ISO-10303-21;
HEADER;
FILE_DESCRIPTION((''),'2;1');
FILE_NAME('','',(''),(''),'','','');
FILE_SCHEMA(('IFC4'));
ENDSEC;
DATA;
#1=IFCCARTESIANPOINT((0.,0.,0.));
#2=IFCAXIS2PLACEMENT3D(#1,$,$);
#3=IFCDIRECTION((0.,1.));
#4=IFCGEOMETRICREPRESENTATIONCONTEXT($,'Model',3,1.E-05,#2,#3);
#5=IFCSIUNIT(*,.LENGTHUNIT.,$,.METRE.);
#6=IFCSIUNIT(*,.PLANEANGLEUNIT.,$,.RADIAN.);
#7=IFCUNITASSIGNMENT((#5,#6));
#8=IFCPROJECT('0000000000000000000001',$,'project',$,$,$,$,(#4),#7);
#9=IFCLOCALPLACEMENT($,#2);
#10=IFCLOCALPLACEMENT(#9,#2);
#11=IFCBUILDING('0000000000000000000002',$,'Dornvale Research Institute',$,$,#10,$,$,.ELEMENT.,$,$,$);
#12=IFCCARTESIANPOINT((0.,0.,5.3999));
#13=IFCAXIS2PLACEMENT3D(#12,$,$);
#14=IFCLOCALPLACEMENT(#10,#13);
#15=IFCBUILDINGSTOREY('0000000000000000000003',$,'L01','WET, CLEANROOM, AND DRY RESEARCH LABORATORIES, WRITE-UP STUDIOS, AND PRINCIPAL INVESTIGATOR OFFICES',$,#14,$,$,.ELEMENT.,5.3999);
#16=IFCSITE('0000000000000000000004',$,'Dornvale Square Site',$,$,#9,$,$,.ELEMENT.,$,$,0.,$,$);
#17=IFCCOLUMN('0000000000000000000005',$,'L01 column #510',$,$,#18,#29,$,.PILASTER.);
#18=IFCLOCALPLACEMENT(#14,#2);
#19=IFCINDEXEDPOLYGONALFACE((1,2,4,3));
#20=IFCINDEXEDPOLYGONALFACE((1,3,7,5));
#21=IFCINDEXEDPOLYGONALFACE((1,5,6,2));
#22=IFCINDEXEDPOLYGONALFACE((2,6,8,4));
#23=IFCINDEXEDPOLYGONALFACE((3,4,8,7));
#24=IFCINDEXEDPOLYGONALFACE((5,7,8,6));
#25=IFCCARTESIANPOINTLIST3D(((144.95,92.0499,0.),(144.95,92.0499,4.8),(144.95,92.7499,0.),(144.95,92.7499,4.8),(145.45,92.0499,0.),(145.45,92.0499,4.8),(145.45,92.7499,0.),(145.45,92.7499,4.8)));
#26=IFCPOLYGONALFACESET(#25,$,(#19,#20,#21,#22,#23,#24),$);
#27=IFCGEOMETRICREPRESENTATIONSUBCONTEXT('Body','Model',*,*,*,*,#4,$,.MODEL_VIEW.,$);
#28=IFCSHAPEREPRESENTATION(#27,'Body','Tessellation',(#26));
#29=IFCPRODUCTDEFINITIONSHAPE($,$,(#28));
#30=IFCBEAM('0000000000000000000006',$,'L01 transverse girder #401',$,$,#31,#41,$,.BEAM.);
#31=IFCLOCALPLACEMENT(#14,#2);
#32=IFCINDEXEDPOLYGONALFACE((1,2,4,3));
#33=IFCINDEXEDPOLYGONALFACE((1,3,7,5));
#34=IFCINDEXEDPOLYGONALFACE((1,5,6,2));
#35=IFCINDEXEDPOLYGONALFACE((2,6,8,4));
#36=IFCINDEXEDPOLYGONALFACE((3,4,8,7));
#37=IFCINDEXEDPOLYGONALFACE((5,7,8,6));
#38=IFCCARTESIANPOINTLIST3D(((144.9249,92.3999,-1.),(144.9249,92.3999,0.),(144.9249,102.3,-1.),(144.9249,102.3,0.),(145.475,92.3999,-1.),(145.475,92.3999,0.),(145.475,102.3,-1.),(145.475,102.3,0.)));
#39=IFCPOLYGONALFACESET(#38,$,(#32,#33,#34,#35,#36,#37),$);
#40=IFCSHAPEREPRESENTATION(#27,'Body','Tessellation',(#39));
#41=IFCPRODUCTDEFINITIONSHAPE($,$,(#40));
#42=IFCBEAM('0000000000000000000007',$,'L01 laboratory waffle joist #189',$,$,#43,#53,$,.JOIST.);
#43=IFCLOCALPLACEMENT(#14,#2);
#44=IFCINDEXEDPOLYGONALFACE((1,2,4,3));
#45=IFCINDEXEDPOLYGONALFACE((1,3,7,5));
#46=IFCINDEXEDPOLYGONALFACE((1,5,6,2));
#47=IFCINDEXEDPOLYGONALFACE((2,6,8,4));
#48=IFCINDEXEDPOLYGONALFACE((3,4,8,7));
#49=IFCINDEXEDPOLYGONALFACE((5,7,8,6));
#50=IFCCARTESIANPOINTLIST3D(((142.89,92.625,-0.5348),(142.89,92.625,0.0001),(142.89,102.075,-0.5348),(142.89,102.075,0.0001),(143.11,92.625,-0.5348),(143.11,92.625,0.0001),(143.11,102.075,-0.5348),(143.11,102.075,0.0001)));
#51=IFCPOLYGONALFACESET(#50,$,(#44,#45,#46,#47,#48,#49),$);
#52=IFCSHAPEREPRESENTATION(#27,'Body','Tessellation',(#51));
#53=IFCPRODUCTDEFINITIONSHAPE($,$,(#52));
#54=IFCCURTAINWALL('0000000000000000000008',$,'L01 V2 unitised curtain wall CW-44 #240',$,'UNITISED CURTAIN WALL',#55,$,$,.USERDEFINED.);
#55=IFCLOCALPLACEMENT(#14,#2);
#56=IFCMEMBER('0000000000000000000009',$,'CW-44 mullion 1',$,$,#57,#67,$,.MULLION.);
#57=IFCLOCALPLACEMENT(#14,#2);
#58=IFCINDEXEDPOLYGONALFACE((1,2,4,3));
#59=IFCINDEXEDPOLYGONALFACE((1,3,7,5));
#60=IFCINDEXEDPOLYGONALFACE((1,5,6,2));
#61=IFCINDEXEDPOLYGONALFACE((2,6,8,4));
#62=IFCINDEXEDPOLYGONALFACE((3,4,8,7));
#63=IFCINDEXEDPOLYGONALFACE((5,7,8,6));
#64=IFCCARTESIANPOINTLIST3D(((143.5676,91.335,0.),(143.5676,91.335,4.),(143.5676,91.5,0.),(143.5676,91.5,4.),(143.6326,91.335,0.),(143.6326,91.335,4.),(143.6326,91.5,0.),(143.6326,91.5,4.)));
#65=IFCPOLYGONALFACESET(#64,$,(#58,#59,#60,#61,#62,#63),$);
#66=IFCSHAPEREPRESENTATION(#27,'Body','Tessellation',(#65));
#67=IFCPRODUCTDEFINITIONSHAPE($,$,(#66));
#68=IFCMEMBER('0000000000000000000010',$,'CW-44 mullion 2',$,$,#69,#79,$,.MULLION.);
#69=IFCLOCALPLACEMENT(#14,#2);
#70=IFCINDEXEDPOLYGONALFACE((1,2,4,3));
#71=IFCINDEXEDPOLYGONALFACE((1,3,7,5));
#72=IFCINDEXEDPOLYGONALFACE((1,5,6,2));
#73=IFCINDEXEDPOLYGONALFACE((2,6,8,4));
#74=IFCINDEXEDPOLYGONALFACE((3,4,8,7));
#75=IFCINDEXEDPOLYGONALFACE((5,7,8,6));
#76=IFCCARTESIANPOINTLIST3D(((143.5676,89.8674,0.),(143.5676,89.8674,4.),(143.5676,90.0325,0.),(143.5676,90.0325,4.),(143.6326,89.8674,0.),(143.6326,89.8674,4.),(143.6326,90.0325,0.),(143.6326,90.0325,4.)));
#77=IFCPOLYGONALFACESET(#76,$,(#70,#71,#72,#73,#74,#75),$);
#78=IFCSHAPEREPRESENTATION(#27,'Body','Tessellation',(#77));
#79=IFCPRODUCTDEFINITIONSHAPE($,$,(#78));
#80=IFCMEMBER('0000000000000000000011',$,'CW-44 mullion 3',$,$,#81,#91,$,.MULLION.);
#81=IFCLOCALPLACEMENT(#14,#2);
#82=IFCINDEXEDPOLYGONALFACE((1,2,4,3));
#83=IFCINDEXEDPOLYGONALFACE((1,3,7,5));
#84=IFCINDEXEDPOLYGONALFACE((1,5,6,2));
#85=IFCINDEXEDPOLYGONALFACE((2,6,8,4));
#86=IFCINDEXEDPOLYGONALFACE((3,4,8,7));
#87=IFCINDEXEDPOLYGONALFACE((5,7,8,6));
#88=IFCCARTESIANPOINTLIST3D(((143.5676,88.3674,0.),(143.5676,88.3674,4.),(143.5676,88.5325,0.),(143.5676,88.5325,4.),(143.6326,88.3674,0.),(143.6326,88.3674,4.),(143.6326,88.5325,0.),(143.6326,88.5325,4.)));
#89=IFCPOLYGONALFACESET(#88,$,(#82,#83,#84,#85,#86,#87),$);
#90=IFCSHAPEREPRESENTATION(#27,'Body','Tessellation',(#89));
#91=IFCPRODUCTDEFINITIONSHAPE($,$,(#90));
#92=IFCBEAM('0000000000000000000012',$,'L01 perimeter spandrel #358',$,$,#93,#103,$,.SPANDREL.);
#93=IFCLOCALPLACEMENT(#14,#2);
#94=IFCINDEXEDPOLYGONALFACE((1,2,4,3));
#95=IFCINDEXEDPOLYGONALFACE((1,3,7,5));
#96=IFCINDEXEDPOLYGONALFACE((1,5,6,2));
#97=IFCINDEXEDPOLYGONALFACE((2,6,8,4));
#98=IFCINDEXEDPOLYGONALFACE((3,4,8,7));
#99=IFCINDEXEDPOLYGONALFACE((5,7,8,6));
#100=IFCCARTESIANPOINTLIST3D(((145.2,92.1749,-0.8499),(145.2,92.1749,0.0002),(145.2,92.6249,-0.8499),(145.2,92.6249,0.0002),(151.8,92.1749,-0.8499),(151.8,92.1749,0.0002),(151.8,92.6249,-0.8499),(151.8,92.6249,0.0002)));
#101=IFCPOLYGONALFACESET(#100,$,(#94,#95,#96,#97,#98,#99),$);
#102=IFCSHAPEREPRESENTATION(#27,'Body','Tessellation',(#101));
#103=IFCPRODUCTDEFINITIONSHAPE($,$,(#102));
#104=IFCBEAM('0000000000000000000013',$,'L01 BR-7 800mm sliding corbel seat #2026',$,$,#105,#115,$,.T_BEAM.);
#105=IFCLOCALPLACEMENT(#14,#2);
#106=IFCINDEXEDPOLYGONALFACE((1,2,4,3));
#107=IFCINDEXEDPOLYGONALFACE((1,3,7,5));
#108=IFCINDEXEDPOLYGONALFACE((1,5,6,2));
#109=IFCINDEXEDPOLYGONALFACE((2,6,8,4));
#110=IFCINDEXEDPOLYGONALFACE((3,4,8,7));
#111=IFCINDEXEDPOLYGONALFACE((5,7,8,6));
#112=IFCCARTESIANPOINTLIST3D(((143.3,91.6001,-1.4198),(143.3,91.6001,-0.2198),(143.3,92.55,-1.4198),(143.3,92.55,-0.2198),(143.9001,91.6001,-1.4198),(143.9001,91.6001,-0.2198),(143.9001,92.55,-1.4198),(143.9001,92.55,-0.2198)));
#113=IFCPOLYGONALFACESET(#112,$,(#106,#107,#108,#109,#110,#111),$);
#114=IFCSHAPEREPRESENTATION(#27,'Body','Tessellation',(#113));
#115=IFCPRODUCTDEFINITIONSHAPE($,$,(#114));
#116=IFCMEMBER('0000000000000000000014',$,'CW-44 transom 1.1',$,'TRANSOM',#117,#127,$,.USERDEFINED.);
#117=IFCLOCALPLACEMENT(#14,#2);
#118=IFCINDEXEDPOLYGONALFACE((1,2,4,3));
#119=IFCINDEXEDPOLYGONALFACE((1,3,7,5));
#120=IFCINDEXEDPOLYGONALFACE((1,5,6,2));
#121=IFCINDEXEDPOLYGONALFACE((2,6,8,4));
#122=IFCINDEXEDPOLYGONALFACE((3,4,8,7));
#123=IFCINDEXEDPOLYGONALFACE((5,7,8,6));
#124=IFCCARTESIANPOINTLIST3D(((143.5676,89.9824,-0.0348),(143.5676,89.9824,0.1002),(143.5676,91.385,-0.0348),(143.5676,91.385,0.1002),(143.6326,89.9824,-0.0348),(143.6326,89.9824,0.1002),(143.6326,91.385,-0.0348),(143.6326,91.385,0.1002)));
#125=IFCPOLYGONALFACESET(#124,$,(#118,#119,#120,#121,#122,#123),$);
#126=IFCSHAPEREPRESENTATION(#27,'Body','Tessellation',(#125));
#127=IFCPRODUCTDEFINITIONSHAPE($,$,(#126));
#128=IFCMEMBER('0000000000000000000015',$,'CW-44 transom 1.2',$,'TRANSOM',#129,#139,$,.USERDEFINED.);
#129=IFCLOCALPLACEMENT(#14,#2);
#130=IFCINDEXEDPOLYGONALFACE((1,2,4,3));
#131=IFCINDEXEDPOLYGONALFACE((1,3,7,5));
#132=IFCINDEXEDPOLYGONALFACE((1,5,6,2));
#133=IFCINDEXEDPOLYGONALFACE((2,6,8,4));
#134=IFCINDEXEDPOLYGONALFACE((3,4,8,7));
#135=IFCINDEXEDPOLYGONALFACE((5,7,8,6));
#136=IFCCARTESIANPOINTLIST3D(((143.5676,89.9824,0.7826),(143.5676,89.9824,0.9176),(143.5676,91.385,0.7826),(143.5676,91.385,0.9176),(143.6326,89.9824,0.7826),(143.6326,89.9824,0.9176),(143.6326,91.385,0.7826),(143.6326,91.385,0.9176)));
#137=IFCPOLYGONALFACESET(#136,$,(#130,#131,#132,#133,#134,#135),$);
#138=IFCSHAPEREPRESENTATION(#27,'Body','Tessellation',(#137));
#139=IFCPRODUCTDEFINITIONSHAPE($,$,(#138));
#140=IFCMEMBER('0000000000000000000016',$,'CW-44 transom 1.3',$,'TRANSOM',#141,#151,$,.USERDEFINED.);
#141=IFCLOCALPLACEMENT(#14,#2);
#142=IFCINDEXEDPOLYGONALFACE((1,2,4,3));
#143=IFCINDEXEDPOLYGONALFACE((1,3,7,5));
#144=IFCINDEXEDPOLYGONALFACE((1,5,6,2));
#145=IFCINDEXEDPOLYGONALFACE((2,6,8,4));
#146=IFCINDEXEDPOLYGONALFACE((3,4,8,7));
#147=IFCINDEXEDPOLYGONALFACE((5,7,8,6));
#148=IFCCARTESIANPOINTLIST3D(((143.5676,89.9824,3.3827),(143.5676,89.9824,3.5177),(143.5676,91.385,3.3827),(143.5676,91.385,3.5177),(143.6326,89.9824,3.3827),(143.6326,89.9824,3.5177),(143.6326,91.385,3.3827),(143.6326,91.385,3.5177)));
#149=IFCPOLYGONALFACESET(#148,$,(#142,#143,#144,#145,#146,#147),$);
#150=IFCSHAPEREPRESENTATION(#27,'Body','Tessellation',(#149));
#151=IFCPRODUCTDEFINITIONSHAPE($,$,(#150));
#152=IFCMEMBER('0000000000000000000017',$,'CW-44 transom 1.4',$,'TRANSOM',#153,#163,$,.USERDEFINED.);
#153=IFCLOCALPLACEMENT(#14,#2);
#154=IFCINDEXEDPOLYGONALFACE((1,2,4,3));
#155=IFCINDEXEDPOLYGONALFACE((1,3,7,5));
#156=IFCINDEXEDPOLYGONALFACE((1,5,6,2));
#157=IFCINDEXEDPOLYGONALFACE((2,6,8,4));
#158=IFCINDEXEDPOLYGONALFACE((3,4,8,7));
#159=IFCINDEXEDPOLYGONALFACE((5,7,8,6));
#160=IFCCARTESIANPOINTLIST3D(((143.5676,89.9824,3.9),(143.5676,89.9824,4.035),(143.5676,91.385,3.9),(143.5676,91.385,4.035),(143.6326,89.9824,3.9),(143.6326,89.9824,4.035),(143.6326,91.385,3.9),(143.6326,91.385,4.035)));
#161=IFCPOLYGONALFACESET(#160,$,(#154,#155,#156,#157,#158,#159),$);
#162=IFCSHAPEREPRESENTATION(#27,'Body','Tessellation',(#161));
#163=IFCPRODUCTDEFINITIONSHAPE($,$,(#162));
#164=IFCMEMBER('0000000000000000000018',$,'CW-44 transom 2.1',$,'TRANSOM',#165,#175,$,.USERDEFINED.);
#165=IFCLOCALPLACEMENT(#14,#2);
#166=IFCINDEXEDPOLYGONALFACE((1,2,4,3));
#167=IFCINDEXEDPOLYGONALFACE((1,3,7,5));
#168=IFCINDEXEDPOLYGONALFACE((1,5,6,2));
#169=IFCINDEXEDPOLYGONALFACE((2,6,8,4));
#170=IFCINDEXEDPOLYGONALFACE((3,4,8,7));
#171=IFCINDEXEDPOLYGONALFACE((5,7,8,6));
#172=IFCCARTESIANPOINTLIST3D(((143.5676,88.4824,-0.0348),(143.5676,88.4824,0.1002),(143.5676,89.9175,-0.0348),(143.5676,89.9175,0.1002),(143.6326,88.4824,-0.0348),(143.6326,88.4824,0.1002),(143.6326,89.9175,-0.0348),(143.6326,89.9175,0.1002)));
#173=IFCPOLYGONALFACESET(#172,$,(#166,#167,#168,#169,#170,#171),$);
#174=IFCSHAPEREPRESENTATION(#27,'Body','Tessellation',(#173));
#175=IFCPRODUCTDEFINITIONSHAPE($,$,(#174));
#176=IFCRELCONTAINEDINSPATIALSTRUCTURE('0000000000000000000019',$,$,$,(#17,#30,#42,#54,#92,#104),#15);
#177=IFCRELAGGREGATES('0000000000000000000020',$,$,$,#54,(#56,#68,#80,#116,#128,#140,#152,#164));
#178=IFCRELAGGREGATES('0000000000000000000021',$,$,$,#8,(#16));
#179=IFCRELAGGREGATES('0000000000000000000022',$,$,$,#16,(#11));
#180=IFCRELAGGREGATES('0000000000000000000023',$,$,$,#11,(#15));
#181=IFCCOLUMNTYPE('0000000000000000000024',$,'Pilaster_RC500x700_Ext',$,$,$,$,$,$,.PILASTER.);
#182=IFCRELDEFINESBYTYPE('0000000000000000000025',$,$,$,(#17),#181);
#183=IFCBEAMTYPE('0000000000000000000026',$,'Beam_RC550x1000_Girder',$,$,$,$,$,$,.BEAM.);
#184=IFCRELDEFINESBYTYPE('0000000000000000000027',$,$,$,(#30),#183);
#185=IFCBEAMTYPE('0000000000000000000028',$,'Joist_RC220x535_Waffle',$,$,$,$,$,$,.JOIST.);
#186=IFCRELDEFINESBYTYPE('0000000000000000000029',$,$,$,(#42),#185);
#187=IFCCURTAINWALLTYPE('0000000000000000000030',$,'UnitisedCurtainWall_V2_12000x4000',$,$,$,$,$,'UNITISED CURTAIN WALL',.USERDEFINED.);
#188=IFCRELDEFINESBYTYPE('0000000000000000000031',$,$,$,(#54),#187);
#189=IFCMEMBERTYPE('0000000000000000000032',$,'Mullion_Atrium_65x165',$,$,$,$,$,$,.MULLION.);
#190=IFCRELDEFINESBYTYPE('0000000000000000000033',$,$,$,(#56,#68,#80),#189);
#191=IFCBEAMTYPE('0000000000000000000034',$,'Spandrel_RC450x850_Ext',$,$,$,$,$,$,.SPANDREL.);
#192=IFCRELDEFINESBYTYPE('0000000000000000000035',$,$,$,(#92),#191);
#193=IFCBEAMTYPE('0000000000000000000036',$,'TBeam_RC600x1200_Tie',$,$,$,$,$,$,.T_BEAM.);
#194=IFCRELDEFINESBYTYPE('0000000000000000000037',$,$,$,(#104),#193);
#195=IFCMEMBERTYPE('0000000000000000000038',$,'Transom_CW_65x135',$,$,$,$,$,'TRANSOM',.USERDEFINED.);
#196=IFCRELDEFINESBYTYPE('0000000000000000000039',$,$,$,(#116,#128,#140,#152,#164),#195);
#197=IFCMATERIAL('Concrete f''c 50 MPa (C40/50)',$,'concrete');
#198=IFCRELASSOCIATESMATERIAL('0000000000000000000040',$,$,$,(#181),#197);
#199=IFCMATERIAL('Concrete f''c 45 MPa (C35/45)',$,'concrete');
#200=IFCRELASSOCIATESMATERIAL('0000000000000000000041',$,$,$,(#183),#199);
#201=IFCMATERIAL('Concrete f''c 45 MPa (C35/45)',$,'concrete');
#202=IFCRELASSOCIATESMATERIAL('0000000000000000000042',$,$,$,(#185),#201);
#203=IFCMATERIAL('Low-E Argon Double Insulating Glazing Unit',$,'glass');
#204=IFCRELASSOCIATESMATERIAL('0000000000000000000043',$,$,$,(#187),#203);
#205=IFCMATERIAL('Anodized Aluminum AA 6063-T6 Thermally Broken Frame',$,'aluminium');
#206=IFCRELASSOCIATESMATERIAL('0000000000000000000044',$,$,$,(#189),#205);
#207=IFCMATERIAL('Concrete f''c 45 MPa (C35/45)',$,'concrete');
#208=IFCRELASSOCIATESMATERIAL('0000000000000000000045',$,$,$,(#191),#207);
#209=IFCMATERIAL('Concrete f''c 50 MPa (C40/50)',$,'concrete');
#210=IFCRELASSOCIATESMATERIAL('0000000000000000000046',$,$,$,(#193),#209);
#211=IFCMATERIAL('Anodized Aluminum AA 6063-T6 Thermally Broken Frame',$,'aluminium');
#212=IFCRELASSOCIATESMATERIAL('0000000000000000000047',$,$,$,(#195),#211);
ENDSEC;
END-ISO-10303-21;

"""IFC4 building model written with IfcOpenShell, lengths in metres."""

from ifc_helpers import new_model, si_unit, direction, frame, origin, origin_2d, place, context, subcontext, project, spatial, rectangle, extrude, material, material_profile, profile_set, type_object, element, aggregate, save


model = new_model("IFC4")

# Units and contexts
model_context = context("Model", 3, precision=1e-05, world=origin(), true_north=direction((0.0, 1.0)))
body_context = subcontext(model_context, "Body", "Model", "MODEL_VIEW")
ifc_project = project(units=[si_unit("LENGTHUNIT", "METRE"), si_unit("PLANEANGLEUNIT", "RADIAN")], contexts=[model_context])

# Site, building, storey
site_placement = place(None, origin())
site = spatial("IfcSite", under=ifc_project, at=site_placement, Name="Dornvale Square Site", CompositionType="ELEMENT", RefElevation=0.0)
building_placement = place(site_placement, origin())
building = spatial("IfcBuilding", under=site, at=building_placement, Name="Dornvale Research Institute", CompositionType="ELEMENT")
storey_placement = place(building_placement, frame((0.0, 0.0, 5.3999)))
storey = spatial("IfcBuildingStorey", under=building, at=storey_placement, Name="L01", Description="WET, CLEANROOM, AND DRY RESEARCH LABORATORIES, WRITE-UP STUDIOS, AND PRINCIPAL INVESTIGATOR OFFICES", CompositionType="ELEMENT", Elevation=5.3999)

# Column
ifc_material_1 = material(Name="Concrete f'c 50 MPa (C40/50)", Category="concrete")
ifc_material_profile_1 = material_profile(ifc_material_1, rectangle(XDim=0.5, YDim=0.7, at=origin_2d()), Name="RC 500x700")
ifc_profile_set_1 = profile_set([ifc_material_profile_1], Name="Concrete f'c 50 MPa (C40/50)")
column_type = type_object("IfcColumnType", Name="Pilaster_RC500x700_Ext", PredefinedType="PILASTER", material=ifc_profile_set_1)
column_placement = place(storey_placement, frame((145.2, 92.3999, 0.0), z_axis=(0.0, 0.0, 1.0), x_axis=(1.0, 0.0, 0.0)))
element("IfcColumn", 1, at=column_placement, inside=storey, type_object=column_type, Name="L01 column #510", PredefinedType="PILASTER", context=body_context, shape_type="SweptSolid", body=[
    extrude(rectangle(XDim=0.5, YDim=0.7, at=origin_2d()), origin(), (0.0, 0.0, 1.0), 4.8),
])

# Beams
ifc_material_2 = material(Name="Concrete f'c 45 MPa (C35/45)", Category="concrete")
ifc_material_profile_2 = material_profile(ifc_material_2, rectangle(XDim=0.55, YDim=1.0, at=origin_2d()), Name="RC 550x1000")
ifc_profile_set_2 = profile_set([ifc_material_profile_2], Name="Concrete f'c 45 MPa (C35/45)")
beam_type_1 = type_object("IfcBeamType", Name="Beam_RC550x1000_Girder", PredefinedType="BEAM", material=ifc_profile_set_2)
beam_1_placement = place(storey_placement, frame((145.2, 92.3999, -0.5), z_axis=(0.0, 1.0, 0.0), x_axis=(-1.0, 0.0, 0.0)))
element("IfcBeam", 2, at=beam_1_placement, inside=storey, type_object=beam_type_1, Name="L01 transverse girder #401", PredefinedType="BEAM", context=body_context, shape_type="SweptSolid", body=[
    extrude(rectangle(XDim=0.55, YDim=1.0, at=origin_2d()), origin(), (0.0, 0.0, 1.0), 9.9001),
])
ifc_material_3 = material(Name="Concrete f'c 45 MPa (C35/45)", Category="concrete")
ifc_material_profile_3 = material_profile(ifc_material_3, rectangle(XDim=0.22, YDim=0.5349, at=origin_2d()), Name="RC 220x535")
ifc_profile_set_3 = profile_set([ifc_material_profile_3], Name="Concrete f'c 45 MPa (C35/45)")
beam_type_2 = type_object("IfcBeamType", Name="Joist_RC220x535_Waffle", PredefinedType="JOIST", material=ifc_profile_set_3)
beam_2_placement = place(storey_placement, frame((143.0, 92.625, -0.2673), z_axis=(0.0, 1.0, 0.0), x_axis=(-1.0, 0.0, 0.0)))
element("IfcBeam", 3, at=beam_2_placement, inside=storey, type_object=beam_type_2, Name="L01 laboratory waffle joist #189", PredefinedType="JOIST", context=body_context, shape_type="SweptSolid", body=[
    extrude(rectangle(XDim=0.22, YDim=0.5349, at=origin_2d()), origin(), (0.0, 0.0, 1.0), 9.45),
])

# Curtain wall, members
ifc_material_4 = material(Name="Low-E Argon Double Insulating Glazing Unit", Category="glass")
curtain_wall_type = type_object("IfcCurtainWallType", Name="UnitisedCurtainWall_V2_12000x4000", ElementType="UNITISED CURTAIN WALL", PredefinedType="USERDEFINED", material=ifc_material_4)
curtain_wall_placement = place(storey_placement, origin())
curtain_wall = element("IfcCurtainWall", 4, at=curtain_wall_placement, inside=storey, type_object=curtain_wall_type, Name="L01 V2 unitised curtain wall CW-44 #240", ObjectType="UNITISED CURTAIN WALL", PredefinedType="USERDEFINED")
ifc_material_5 = material(Name="Anodized Aluminum AA 6063-T6 Thermally Broken Frame", Category="aluminium")
ifc_material_profile_4 = material_profile(ifc_material_5, rectangle(XDim=0.0649, YDim=0.165, at=origin_2d()), Name="ALU MULLION 65x165")
ifc_profile_set_4 = profile_set([ifc_material_profile_4], Name="Anodized Aluminum AA 6063-T6 Thermally Broken Frame")
member_type_1 = type_object("IfcMemberType", Name="Mullion_Atrium_65x165", PredefinedType="MULLION", material=ifc_profile_set_4)
member_1_placement = place(storey_placement, frame((143.6001, 91.4175, 0.0), z_axis=(0.0, 0.0, 1.0), x_axis=(1.0, 0.0, 0.0)))
member_1 = element("IfcMember", 5, at=member_1_placement, type_object=member_type_1, Name="CW-44 mullion 1", PredefinedType="MULLION", context=body_context, shape_type="SweptSolid", body=[
    extrude(rectangle(XDim=0.0649, YDim=0.165, at=origin_2d()), origin(), (0.0, 0.0, 1.0), 4.0),
])
member_2_placement = place(storey_placement, frame((143.6001, 89.95, 0.0), z_axis=(0.0, 0.0, 1.0), x_axis=(1.0, 0.0, 0.0)))
member_2 = element("IfcMember", 6, at=member_2_placement, type_object=member_type_1, Name="CW-44 mullion 2", PredefinedType="MULLION", context=body_context, shape_type="SweptSolid", body=[
    extrude(rectangle(XDim=0.0649, YDim=0.165, at=origin_2d()), origin(), (0.0, 0.0, 1.0), 4.0),
])
member_3_placement = place(storey_placement, frame((143.6001, 88.45, 0.0), z_axis=(0.0, 0.0, 1.0), x_axis=(1.0, 0.0, 0.0)))
member_3 = element("IfcMember", 7, at=member_3_placement, type_object=member_type_1, Name="CW-44 mullion 3", PredefinedType="MULLION", context=body_context, shape_type="SweptSolid", body=[
    extrude(rectangle(XDim=0.0649, YDim=0.165, at=origin_2d()), origin(), (0.0, 0.0, 1.0), 4.0),
])

# Beams
ifc_material_6 = material(Name="Concrete f'c 45 MPa (C35/45)", Category="concrete")
ifc_material_profile_5 = material_profile(ifc_material_6, rectangle(XDim=0.45, YDim=0.8501, at=origin_2d()), Name="RC 450x850")
ifc_profile_set_5 = profile_set([ifc_material_profile_5], Name="Concrete f'c 45 MPa (C35/45)")
beam_type_3 = type_object("IfcBeamType", Name="Spandrel_RC450x850_Ext", PredefinedType="SPANDREL", material=ifc_profile_set_5)
beam_3_placement = place(storey_placement, frame((145.2, 92.3999, -0.4248), z_axis=(1.0, 0.0, 0.0), x_axis=(0.0, 1.0, 0.0)))
element("IfcBeam", 8, at=beam_3_placement, inside=storey, type_object=beam_type_3, Name="L01 perimeter spandrel #358", PredefinedType="SPANDREL", context=body_context, shape_type="SweptSolid", body=[
    extrude(rectangle(XDim=0.45, YDim=0.8501, at=origin_2d()), origin(), (0.0, 0.0, 1.0), 6.6001),
])
ifc_material_7 = material(Name="Concrete f'c 50 MPa (C40/50)", Category="concrete")
ifc_material_profile_6 = material_profile(ifc_material_7, rectangle(XDim=0.6001, YDim=1.2, at=origin_2d()), Name="RC 600x1200")
ifc_profile_set_6 = profile_set([ifc_material_profile_6], Name="Concrete f'c 50 MPa (C40/50)")
beam_type_4 = type_object("IfcBeamType", Name="TBeam_RC600x1200_Tie", PredefinedType="T_BEAM", material=ifc_profile_set_6)
beam_4_placement = place(storey_placement, frame((143.6001, 91.6001, -0.8198), z_axis=(0.0, 1.0, 0.0), x_axis=(-1.0, 0.0, 0.0)))
element("IfcBeam", 9, at=beam_4_placement, inside=storey, type_object=beam_type_4, Name="L01 BR-7 800mm sliding corbel seat #2026", PredefinedType="T_BEAM", context=body_context, shape_type="SweptSolid", body=[
    extrude(rectangle(XDim=0.6001, YDim=1.2, at=origin_2d()), origin(), (0.0, 0.0, 1.0), 0.95),
])

# Members
ifc_material_8 = material(Name="Anodized Aluminum AA 6063-T6 Thermally Broken Frame", Category="aluminium")
ifc_material_profile_7 = material_profile(ifc_material_8, rectangle(XDim=0.0649, YDim=0.135, at=origin_2d()), Name="ALU TRANSOM 65x135")
ifc_profile_set_7 = profile_set([ifc_material_profile_7], Name="Anodized Aluminum AA 6063-T6 Thermally Broken Frame")
member_type_2 = type_object("IfcMemberType", Name="Transom_CW_65x135", ElementType="TRANSOM", PredefinedType="USERDEFINED", material=ifc_profile_set_7)
member_4_placement = place(storey_placement, frame((143.6001, 91.385, 0.0327), z_axis=(0.0, -1.0, 0.0), x_axis=(1.0, 0.0, 0.0)))
member_4 = element("IfcMember", 10, at=member_4_placement, type_object=member_type_2, Name="CW-44 transom 1.1", ObjectType="TRANSOM", PredefinedType="USERDEFINED", context=body_context, shape_type="SweptSolid", body=[
    extrude(rectangle(XDim=0.0649, YDim=0.135, at=origin_2d()), origin(), (0.0, 0.0, 1.0), 1.4026),
])
member_5_placement = place(storey_placement, frame((143.6001, 91.385, 0.8501), z_axis=(0.0, -1.0, 0.0), x_axis=(1.0, 0.0, 0.0)))
member_5 = element("IfcMember", 11, at=member_5_placement, type_object=member_type_2, Name="CW-44 transom 1.2", ObjectType="TRANSOM", PredefinedType="USERDEFINED", context=body_context, shape_type="SweptSolid", body=[
    extrude(rectangle(XDim=0.0649, YDim=0.135, at=origin_2d()), origin(), (0.0, 0.0, 1.0), 1.4026),
])
member_6_placement = place(storey_placement, frame((143.6001, 91.385, 3.4502), z_axis=(0.0, -1.0, 0.0), x_axis=(1.0, 0.0, 0.0)))
member_6 = element("IfcMember", 12, at=member_6_placement, type_object=member_type_2, Name="CW-44 transom 1.3", ObjectType="TRANSOM", PredefinedType="USERDEFINED", context=body_context, shape_type="SweptSolid", body=[
    extrude(rectangle(XDim=0.0649, YDim=0.135, at=origin_2d()), origin(), (0.0, 0.0, 1.0), 1.4026),
])
member_7_placement = place(storey_placement, frame((143.6001, 91.385, 3.9675), z_axis=(0.0, -1.0, 0.0), x_axis=(1.0, 0.0, 0.0)))
member_7 = element("IfcMember", 13, at=member_7_placement, type_object=member_type_2, Name="CW-44 transom 1.4", ObjectType="TRANSOM", PredefinedType="USERDEFINED", context=body_context, shape_type="SweptSolid", body=[
    extrude(rectangle(XDim=0.0649, YDim=0.135, at=origin_2d()), origin(), (0.0, 0.0, 1.0), 1.4026),
])
member_8_placement = place(storey_placement, frame((143.6001, 89.9175, 0.0327), z_axis=(0.0, -1.0, 0.0), x_axis=(1.0, 0.0, 0.0)))
member_8 = element("IfcMember", 14, at=member_8_placement, type_object=member_type_2, Name="CW-44 transom 2.1", ObjectType="TRANSOM", PredefinedType="USERDEFINED", context=body_context, shape_type="SweptSolid", body=[
    extrude(rectangle(XDim=0.0649, YDim=0.135, at=origin_2d()), origin(), (0.0, 0.0, 1.0), 1.4351),
])

aggregate(curtain_wall, [member_1, member_2, member_3, member_4, member_5, member_6, member_7, member_8])

save(model, "model.ifc")
